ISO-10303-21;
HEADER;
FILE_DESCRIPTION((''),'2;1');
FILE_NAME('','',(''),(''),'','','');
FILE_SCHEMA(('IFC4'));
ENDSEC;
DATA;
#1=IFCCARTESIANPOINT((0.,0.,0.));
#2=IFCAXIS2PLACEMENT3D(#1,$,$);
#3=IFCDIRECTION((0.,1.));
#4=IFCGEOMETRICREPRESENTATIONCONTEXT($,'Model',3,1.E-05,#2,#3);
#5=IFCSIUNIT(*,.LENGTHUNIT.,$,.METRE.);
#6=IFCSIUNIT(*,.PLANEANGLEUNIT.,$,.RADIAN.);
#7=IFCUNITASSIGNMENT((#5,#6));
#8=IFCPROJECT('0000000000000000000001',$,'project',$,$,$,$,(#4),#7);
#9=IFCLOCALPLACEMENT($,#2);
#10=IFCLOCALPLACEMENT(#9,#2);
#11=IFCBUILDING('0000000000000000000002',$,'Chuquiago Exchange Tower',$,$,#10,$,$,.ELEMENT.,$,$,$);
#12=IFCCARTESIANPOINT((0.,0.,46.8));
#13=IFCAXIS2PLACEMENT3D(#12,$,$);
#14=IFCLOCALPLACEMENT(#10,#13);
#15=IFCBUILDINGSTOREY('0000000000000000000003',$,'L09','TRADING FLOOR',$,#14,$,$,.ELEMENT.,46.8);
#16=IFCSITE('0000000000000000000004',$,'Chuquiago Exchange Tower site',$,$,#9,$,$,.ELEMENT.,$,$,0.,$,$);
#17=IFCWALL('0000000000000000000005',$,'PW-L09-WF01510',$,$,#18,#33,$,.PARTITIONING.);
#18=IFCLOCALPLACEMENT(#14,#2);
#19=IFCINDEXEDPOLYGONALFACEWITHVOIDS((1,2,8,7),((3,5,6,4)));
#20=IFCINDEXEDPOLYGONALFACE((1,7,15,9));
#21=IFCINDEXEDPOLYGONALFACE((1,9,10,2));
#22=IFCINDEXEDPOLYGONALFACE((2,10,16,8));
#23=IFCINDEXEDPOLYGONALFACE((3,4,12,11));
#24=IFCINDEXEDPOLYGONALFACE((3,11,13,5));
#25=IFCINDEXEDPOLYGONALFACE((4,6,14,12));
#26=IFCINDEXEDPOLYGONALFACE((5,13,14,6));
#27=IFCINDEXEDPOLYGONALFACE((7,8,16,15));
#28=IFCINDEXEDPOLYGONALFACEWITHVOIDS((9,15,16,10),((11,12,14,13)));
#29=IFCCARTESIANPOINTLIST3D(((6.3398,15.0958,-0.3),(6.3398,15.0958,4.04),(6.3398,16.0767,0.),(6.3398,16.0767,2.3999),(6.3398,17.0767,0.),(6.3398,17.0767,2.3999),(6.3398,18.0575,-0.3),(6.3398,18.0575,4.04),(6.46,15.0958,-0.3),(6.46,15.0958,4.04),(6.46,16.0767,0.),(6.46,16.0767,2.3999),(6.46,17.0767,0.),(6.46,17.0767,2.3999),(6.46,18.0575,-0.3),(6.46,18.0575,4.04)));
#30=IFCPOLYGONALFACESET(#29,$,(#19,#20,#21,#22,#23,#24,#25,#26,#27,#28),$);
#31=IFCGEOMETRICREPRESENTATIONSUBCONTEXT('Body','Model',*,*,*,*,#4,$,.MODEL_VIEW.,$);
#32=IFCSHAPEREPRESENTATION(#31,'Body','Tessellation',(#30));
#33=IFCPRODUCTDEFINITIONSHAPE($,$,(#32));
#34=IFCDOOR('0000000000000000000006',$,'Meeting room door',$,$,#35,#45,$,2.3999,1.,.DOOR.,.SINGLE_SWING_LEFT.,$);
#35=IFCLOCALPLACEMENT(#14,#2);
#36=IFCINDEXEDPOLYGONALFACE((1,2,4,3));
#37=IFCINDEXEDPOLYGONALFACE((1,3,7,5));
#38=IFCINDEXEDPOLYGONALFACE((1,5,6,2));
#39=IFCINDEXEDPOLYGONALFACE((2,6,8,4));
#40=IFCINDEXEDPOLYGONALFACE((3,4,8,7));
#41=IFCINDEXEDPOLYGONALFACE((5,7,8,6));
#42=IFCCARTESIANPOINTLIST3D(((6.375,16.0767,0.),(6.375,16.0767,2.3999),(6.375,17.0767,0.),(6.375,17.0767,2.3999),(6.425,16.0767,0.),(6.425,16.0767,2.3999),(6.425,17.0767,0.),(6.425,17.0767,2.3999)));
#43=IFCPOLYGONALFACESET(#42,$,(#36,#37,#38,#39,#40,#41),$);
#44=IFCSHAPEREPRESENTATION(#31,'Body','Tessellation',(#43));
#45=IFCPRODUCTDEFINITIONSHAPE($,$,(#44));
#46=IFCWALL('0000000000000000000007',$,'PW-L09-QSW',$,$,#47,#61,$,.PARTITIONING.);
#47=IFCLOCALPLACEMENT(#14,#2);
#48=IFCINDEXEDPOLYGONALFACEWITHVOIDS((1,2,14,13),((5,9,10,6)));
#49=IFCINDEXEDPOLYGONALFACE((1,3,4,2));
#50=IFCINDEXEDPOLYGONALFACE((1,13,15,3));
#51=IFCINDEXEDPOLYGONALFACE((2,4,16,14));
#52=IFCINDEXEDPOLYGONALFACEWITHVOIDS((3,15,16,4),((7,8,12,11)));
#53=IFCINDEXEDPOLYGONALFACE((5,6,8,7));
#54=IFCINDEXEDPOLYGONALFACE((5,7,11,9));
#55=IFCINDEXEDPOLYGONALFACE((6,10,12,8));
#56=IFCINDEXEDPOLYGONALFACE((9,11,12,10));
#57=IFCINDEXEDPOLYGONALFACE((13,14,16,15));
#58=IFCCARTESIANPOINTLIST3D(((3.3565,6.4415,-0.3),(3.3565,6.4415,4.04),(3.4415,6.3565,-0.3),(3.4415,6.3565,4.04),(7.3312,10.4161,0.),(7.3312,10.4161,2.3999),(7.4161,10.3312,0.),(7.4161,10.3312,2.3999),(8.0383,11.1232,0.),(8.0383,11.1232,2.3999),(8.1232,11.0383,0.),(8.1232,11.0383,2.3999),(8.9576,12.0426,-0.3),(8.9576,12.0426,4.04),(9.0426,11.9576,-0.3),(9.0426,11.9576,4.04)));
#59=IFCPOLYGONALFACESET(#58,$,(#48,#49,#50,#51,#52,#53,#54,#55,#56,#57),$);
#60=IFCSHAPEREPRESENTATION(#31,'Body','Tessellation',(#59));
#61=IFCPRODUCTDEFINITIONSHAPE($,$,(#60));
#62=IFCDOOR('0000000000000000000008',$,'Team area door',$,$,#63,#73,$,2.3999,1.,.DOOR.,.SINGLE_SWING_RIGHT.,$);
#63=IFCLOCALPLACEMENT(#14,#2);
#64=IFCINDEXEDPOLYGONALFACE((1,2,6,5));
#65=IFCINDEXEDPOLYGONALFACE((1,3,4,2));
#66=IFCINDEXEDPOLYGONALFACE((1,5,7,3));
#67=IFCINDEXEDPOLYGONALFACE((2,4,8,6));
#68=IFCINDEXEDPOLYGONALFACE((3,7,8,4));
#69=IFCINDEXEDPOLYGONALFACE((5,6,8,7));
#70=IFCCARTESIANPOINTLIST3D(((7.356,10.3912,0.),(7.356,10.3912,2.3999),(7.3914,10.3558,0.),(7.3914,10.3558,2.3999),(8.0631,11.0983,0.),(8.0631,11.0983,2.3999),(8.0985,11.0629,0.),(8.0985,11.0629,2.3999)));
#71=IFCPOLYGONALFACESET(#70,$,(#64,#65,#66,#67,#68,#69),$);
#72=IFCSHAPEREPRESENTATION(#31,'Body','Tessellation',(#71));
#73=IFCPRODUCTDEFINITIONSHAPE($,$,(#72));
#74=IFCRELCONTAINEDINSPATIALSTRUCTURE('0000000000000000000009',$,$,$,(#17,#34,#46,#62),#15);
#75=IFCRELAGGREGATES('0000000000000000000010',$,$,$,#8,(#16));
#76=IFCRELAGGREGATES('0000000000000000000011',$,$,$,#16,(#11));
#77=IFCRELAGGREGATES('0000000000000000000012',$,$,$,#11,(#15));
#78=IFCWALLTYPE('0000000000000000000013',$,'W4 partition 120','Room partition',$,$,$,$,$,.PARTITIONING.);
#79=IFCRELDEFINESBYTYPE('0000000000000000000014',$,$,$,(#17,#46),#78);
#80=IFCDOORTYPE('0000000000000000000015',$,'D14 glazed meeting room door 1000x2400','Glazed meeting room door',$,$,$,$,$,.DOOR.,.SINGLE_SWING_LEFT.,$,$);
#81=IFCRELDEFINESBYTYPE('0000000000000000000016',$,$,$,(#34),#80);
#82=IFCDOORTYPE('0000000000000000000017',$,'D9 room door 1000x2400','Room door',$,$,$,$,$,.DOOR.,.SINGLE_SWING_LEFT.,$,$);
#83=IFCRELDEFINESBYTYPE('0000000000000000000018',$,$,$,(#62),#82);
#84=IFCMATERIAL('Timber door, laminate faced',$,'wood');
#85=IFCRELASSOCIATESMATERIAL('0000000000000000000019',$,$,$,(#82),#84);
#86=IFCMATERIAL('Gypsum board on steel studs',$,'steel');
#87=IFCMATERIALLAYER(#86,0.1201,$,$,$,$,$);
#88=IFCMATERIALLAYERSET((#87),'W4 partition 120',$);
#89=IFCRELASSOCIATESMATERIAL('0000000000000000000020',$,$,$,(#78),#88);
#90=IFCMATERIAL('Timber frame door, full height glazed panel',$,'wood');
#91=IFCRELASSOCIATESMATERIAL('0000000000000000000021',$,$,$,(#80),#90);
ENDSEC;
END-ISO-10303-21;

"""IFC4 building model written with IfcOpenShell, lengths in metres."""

from ifc_helpers import new_model, si_unit, direction, frame, frame_2d, origin, place, context, subcontext, project, spatial, rectangle, extrude, material, layer, layer_set, type_object, element, fill, save


model = new_model("IFC4")

# Units and contexts
model_context = context("Model", 3, precision=1e-05, world=origin(), true_north=direction((0.0, 1.0)))
body_context = subcontext(model_context, "Body", "Model", "MODEL_VIEW")
ifc_project = project(units=[si_unit("LENGTHUNIT", "METRE"), si_unit("PLANEANGLEUNIT", "RADIAN")], contexts=[model_context])

# Site, building, storey
site_placement = place(None, origin())
site = spatial("IfcSite", under=ifc_project, at=site_placement, Name="Chuquiago Exchange Tower site", CompositionType="ELEMENT", RefElevation=0.0)
building_placement = place(site_placement, origin())
building = spatial("IfcBuilding", under=site, at=building_placement, Name="Chuquiago Exchange Tower", CompositionType="ELEMENT")
storey_placement = place(building_placement, frame((0.0, 0.0, 46.8)))
storey = spatial("IfcBuildingStorey", under=building, at=storey_placement, Name="L09", Description="TRADING FLOOR", CompositionType="ELEMENT", Elevation=46.8)

# Shared definitions
ifc_material_1 = material(Name="Timber door, laminate faced", Category="wood")
door_type_1 = type_object("IfcDoorType", Name="D9 room door 1000x2400", Description="Room door", OperationType="SINGLE_SWING_LEFT", PredefinedType="DOOR", material=ifc_material_1)

# Shared definitions
ifc_material_2 = material(Name="Gypsum board on steel studs", Category="steel")
ifc_layer_1 = layer(ifc_material_2, 0.1201)
ifc_layer_set_1 = layer_set([ifc_layer_1], Name="W4 partition 120")
wall_type_1 = type_object("IfcWallType", Name="W4 partition 120", Description="Room partition", PredefinedType="PARTITIONING", material=ifc_layer_set_1)

# Walls, openings, doors
ifc_material_3 = material(Name="Timber frame door, full height glazed panel", Category="wood")
door_type_2 = type_object("IfcDoorType", Name="D14 glazed meeting room door 1000x2400", Description="Glazed meeting room door", OperationType="SINGLE_SWING_LEFT", PredefinedType="DOOR", material=ifc_material_3)
wall_1_placement = place(storey_placement, frame((6.3999, 15.0957, -0.3), z_axis=(0.0, 0.0, 1.0), x_axis=(0.0, 1.0, 0.0)))
wall_1 = element("IfcWall", 1, at=wall_1_placement, inside=storey, type_object=wall_type_1, Name="PW-L09-WF01510", PredefinedType="PARTITIONING", context=body_context, shape_type="SweptSolid", body=[
    extrude(rectangle(XDim=2.9617, YDim=0.1201, at=frame_2d((1.481, 0.0))), origin(), (0.0, 0.0, 1.0), 4.3401),
])
opening_1_placement = place(wall_1_placement, frame((0.981, 0.0, 0.3)))
opening_1 = element("IfcOpeningElement", 2, at=opening_1_placement, cuts=wall_1, PredefinedType="OPENING", context=body_context, shape_type="SweptSolid", body=[
    extrude(rectangle(XDim=1.0, YDim=2.3999, at=frame_2d((0.5, 1.2))), frame((0.0, 0.0701, 0.0), z_axis=(0.0, -1.0, 0.0), x_axis=(1.0, 0.0, 0.0)), (0.0, 0.0, 1.0), 0.1401),
])
door_1_placement = place(opening_1_placement, origin())
door_1 = element("IfcDoor", 3, at=door_1_placement, inside=storey, type_object=door_type_2, Name="Meeting room door", OperationType="SINGLE_SWING_LEFT", OverallHeight=2.3999, OverallWidth=1.0, PredefinedType="DOOR", context=body_context, shape_type="SweptSolid", body=[
    extrude(rectangle(XDim=1.0, YDim=2.3999, at=frame_2d((0.5, 1.2))), frame((0.0, 0.0249, 0.0), z_axis=(0.0, -1.0, 0.0), x_axis=(1.0, 0.0, 0.0)), (0.0, 0.0, 1.0), 0.05),
])
fill(opening_1, door_1)
wall_2_placement = place(storey_placement, frame((9.0, 12.0, -0.3), z_axis=(0.0, 0.0, 1.0), x_axis=(-0.707107, -0.707107, 0.0)))
wall_2 = element("IfcWall", 4, at=wall_2_placement, inside=storey, type_object=wall_type_1, Name="PW-L09-QSW", PredefinedType="PARTITIONING", context=body_context, shape_type="SweptSolid", body=[
    extrude(rectangle(XDim=7.9211, YDim=0.1201, at=frame_2d((3.9604, 0.0))), origin(), (0.0, 0.0, 1.0), 4.3401),
])
opening_2_placement = place(wall_2_placement, frame((1.3, 0.0, 0.3)))
opening_2 = element("IfcOpeningElement", 5, at=opening_2_placement, cuts=wall_2, PredefinedType="OPENING", context=body_context, shape_type="SweptSolid", body=[
    extrude(rectangle(XDim=1.0, YDim=2.3999, at=frame_2d((0.5, 1.2))), frame((0.0, 0.0701, 0.0), z_axis=(0.0, -1.0, 0.0), x_axis=(1.0, 0.0, 0.0)), (0.0, 0.0, 1.0), 0.1401),
])
door_2_placement = place(opening_2_placement, frame((1.0, 0.0, 0.0), z_axis=(0.0, 0.0, 1.0), x_axis=(-1.0, 0.0, 0.0)))
door_2 = element("IfcDoor", 6, at=door_2_placement, inside=storey, type_object=door_type_1, Name="Team area door", OperationType="SINGLE_SWING_RIGHT", OverallHeight=2.3999, OverallWidth=1.0, PredefinedType="DOOR", context=body_context, shape_type="SweptSolid", body=[
    extrude(rectangle(XDim=1.0, YDim=2.3999, at=frame_2d((0.5, 1.2))), frame((0.0, 0.0249, 0.0), z_axis=(0.0, -1.0, 0.0), x_axis=(1.0, 0.0, 0.0)), (0.0, 0.0, 1.0), 0.05),
])
fill(opening_2, door_2)

save(model, "model.ifc")
